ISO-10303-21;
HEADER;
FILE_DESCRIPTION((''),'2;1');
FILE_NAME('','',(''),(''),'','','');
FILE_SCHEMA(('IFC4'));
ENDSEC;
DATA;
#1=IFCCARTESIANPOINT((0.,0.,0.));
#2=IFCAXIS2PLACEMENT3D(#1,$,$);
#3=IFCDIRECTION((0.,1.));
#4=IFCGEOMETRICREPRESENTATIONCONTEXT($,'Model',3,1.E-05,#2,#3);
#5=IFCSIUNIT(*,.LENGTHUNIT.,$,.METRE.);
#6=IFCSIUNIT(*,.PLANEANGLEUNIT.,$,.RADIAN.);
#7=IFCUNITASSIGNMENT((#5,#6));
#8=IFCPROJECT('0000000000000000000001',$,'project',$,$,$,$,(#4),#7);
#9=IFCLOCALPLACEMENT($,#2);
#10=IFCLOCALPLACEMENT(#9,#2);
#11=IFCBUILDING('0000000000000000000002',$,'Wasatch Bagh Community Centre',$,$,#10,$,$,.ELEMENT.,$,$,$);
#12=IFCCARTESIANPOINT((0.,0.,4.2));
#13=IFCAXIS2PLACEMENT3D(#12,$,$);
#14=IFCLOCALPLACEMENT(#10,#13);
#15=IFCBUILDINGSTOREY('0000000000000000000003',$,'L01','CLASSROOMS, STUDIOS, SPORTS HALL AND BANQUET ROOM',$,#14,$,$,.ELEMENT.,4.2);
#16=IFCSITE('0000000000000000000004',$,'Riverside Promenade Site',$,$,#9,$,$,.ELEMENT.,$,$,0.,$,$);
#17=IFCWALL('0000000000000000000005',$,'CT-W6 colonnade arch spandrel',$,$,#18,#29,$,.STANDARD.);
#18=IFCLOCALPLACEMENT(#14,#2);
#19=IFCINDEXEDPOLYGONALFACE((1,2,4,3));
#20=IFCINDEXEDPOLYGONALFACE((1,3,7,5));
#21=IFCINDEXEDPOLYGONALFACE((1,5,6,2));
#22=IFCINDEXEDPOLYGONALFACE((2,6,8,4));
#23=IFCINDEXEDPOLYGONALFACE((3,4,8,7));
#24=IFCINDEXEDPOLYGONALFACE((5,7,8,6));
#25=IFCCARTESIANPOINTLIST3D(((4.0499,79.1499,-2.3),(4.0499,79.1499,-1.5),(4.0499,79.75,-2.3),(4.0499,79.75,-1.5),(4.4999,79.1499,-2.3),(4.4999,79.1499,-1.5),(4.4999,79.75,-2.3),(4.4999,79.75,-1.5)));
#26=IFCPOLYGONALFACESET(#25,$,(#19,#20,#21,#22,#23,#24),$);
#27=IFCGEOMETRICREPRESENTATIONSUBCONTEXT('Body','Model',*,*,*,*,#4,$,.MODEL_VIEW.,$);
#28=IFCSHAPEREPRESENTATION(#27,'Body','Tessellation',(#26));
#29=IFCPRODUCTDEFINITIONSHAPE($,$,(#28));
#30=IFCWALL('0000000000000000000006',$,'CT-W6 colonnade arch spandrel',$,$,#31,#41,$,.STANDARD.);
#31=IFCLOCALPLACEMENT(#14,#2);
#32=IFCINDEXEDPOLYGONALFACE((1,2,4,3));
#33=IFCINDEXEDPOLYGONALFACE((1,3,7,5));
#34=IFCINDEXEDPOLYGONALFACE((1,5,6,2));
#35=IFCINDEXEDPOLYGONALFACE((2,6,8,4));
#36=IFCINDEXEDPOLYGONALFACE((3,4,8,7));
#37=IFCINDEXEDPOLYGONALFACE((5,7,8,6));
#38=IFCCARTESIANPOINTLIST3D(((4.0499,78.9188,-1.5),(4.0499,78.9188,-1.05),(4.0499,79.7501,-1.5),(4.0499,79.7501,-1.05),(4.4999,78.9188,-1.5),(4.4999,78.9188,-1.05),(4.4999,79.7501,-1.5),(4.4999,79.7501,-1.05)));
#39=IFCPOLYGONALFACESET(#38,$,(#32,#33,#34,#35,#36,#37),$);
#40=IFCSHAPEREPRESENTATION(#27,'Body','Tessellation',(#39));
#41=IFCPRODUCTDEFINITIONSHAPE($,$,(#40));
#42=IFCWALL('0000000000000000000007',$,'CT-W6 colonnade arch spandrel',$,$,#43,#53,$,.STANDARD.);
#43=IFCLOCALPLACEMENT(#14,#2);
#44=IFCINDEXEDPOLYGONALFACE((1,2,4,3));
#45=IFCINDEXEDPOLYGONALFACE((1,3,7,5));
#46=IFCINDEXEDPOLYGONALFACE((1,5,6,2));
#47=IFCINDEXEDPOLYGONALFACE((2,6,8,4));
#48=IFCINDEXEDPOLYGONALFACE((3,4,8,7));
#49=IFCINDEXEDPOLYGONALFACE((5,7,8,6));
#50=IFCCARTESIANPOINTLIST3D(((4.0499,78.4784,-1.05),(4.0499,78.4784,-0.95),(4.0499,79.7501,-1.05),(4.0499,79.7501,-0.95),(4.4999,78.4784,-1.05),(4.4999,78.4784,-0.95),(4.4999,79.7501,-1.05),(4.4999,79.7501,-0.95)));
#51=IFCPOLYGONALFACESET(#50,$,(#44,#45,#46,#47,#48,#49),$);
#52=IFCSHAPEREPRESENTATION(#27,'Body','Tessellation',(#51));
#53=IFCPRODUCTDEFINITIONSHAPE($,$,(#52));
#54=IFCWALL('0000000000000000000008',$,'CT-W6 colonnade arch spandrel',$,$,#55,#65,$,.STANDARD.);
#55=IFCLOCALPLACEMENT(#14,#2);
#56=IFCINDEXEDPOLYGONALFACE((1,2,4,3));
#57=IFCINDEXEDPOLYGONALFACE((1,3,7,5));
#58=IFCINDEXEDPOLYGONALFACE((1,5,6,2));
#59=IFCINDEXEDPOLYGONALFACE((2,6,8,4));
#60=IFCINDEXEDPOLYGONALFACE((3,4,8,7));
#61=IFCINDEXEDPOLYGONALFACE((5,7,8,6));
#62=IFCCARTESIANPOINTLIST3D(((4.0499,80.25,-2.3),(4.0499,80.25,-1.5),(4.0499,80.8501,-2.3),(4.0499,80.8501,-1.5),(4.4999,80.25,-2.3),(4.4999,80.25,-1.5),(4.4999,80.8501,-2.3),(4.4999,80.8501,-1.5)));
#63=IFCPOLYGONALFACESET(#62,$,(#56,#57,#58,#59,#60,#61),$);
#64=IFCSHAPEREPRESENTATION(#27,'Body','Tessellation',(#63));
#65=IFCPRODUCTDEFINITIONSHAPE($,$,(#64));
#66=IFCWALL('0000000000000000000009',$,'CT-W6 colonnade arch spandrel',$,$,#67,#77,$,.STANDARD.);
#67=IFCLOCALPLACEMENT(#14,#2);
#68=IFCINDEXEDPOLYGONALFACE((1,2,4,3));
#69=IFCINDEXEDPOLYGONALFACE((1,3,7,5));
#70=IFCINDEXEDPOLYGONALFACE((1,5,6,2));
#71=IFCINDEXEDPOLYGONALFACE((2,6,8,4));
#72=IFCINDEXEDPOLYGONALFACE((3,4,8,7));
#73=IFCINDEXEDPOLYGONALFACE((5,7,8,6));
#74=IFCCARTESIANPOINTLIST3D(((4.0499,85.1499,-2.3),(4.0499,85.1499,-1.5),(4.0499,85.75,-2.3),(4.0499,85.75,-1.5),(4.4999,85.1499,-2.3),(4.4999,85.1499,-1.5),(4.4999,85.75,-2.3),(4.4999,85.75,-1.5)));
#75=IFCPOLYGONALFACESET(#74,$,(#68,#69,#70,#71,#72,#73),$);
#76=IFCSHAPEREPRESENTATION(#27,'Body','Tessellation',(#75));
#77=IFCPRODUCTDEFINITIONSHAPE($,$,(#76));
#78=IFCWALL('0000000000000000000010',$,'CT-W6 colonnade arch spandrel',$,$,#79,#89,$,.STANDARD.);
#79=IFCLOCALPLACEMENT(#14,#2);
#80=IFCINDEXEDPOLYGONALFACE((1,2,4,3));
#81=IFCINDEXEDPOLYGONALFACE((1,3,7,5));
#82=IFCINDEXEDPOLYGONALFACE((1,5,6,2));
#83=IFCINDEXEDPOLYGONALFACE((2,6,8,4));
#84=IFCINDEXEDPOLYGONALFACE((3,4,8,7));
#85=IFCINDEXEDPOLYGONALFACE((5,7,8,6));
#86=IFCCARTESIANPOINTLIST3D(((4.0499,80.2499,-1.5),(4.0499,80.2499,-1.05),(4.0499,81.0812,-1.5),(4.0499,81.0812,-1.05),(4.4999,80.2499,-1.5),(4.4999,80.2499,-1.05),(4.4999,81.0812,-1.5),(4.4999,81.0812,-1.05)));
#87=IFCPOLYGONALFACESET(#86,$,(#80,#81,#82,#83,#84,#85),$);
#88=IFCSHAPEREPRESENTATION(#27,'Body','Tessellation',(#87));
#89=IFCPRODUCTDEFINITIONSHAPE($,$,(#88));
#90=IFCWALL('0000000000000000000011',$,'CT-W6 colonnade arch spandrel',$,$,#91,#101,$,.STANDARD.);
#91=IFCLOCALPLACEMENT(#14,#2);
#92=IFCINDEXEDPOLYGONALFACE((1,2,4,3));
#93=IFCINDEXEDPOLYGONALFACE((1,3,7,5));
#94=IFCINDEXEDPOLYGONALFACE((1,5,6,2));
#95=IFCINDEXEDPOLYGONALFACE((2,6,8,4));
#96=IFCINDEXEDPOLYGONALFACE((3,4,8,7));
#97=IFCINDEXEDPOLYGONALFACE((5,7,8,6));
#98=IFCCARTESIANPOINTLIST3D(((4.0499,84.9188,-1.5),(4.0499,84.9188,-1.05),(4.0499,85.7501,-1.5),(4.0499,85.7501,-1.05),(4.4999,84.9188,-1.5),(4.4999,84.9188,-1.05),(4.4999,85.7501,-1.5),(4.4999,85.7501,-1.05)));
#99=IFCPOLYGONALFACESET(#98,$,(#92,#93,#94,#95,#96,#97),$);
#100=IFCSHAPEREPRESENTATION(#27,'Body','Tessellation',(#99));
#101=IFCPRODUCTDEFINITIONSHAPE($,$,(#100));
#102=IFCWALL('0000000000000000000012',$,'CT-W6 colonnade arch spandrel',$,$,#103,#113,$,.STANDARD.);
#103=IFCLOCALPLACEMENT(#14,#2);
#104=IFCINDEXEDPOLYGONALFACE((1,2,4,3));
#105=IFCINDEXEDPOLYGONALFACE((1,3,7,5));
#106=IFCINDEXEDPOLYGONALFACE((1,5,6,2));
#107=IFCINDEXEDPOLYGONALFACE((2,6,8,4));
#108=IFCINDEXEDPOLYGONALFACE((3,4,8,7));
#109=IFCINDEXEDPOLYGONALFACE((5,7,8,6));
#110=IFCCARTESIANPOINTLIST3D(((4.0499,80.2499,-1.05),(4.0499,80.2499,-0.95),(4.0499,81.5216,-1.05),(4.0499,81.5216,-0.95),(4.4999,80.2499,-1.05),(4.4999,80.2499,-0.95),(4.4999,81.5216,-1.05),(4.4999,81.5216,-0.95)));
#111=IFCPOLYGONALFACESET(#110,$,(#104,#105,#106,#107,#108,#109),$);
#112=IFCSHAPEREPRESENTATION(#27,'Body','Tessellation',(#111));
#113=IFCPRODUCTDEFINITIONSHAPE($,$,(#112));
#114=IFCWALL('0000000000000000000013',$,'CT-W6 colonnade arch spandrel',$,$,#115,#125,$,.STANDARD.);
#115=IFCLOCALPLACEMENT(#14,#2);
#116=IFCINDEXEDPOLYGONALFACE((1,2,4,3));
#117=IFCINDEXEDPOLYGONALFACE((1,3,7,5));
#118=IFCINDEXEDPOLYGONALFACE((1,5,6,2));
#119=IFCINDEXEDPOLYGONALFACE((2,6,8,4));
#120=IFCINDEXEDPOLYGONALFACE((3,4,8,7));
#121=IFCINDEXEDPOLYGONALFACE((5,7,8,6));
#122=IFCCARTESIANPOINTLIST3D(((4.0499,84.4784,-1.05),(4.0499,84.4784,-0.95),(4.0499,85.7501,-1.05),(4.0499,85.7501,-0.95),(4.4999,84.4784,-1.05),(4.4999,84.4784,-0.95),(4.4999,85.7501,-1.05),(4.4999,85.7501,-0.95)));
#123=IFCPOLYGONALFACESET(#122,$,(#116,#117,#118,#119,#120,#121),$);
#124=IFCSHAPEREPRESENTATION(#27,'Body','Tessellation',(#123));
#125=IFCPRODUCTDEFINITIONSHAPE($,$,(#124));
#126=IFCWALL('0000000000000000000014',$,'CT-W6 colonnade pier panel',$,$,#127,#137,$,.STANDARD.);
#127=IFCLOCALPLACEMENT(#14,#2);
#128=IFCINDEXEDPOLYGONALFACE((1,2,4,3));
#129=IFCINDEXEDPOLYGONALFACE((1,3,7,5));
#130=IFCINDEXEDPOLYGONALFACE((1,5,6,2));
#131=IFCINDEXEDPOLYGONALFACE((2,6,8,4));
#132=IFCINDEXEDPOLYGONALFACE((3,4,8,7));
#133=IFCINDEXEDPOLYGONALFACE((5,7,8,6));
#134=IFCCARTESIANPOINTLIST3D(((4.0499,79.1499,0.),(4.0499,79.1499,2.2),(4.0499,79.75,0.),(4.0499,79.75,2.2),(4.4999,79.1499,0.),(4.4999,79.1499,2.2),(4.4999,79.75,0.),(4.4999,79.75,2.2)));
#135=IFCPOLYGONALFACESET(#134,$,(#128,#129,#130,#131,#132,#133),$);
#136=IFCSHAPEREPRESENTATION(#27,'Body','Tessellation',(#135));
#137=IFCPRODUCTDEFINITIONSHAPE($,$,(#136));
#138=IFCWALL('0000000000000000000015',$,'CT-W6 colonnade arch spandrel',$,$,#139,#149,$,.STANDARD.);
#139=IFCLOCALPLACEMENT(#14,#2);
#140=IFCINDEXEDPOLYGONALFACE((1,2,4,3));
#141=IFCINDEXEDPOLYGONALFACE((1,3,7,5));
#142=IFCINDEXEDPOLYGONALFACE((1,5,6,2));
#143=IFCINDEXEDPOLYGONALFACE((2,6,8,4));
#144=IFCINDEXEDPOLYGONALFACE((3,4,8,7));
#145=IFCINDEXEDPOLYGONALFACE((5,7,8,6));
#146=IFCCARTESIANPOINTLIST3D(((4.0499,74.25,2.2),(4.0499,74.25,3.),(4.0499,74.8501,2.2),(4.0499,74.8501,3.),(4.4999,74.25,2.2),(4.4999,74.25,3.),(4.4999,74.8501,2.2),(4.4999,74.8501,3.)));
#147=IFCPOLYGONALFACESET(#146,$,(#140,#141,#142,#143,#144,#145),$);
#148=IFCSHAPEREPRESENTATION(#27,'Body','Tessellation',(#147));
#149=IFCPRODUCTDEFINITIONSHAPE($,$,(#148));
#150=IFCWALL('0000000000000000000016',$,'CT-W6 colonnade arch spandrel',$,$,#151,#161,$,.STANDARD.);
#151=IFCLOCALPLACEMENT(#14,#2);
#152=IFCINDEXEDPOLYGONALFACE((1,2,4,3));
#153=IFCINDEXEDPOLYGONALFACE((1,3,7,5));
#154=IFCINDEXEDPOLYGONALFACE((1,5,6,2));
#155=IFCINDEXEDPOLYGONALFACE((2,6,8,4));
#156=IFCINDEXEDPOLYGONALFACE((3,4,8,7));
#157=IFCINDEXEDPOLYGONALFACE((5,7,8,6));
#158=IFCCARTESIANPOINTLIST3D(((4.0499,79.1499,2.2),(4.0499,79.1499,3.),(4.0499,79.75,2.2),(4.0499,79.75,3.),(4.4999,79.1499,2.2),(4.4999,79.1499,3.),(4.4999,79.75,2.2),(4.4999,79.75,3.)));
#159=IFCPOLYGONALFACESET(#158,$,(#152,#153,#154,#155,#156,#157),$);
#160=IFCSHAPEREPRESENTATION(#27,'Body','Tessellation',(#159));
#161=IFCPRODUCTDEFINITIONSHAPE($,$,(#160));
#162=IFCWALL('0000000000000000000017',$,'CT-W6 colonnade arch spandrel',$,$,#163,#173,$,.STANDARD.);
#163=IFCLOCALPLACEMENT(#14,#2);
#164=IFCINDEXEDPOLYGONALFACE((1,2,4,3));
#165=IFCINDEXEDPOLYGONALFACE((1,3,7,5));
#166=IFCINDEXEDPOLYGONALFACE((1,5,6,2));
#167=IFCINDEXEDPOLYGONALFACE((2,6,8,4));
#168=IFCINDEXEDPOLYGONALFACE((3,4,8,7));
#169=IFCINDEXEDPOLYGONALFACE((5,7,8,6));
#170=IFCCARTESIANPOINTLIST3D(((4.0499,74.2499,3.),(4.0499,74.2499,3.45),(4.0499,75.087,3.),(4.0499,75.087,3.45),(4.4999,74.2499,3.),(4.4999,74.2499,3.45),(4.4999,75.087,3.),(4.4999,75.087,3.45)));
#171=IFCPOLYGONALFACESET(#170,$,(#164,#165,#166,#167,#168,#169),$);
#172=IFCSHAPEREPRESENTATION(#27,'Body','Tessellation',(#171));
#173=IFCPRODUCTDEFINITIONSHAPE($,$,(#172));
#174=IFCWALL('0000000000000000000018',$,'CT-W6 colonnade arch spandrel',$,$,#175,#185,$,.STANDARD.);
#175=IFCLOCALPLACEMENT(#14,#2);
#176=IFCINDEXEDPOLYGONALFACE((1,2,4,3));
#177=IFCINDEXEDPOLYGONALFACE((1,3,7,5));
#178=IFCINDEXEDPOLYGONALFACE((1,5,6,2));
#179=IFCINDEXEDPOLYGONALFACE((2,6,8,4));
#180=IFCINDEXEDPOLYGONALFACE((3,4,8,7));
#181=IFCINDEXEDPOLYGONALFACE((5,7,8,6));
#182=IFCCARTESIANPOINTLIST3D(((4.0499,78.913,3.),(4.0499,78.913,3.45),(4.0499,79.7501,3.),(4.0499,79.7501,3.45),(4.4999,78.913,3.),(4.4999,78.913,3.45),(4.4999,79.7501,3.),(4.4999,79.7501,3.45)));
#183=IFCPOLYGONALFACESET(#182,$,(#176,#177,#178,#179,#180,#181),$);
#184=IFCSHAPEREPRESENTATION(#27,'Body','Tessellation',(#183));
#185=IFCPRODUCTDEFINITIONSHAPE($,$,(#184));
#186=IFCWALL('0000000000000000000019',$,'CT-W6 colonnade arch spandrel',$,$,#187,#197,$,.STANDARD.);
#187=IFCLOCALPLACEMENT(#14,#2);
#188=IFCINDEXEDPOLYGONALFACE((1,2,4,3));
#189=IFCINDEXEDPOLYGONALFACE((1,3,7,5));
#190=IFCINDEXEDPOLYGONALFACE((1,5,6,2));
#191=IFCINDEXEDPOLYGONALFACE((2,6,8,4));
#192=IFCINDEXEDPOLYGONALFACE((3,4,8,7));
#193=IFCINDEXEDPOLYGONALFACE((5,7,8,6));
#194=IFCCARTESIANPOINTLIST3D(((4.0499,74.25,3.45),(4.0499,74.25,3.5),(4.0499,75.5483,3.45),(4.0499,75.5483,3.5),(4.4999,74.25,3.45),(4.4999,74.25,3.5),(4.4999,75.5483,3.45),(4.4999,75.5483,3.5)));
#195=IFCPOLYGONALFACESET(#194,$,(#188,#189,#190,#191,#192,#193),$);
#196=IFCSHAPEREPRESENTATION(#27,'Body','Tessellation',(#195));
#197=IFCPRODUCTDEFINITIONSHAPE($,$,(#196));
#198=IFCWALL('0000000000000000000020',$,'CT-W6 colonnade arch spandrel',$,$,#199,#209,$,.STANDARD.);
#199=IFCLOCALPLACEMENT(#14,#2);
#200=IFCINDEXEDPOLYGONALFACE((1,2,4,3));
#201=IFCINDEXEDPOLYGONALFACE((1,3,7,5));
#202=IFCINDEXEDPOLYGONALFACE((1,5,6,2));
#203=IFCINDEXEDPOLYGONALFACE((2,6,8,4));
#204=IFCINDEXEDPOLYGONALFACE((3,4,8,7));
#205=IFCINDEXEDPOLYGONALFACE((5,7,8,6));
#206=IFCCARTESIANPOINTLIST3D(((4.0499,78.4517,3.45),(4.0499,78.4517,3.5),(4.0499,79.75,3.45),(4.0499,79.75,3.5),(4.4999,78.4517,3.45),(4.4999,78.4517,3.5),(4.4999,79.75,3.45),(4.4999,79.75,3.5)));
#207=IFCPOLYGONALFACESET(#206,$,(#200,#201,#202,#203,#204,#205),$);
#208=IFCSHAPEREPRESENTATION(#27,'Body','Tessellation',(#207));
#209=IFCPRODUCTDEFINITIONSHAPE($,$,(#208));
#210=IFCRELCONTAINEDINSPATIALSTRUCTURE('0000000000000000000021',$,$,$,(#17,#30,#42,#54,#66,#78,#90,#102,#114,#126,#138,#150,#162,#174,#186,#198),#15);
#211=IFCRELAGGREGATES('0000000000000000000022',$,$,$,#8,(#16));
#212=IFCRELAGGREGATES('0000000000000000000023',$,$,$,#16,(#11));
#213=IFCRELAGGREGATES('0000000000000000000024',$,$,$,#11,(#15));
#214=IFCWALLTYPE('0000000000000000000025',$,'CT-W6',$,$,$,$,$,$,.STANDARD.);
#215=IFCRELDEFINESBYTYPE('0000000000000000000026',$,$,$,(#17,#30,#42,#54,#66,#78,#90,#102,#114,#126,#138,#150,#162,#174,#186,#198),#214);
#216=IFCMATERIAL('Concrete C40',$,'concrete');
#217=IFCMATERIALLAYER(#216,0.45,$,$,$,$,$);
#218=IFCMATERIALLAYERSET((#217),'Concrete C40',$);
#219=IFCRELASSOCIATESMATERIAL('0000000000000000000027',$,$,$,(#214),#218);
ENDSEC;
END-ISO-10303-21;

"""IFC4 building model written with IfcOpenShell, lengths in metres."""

from ifc_helpers import new_model, si_unit, direction, frame, frame_2d, origin, place, context, subcontext, project, spatial, rectangle, extrude, material, layer, layer_set, type_object, element, save


model = new_model("IFC4")

# Units and contexts
model_context = context("Model", 3, precision=1e-05, world=origin(), true_north=direction((0.0, 1.0)))
body_context = subcontext(model_context, "Body", "Model", "MODEL_VIEW")
ifc_project = project(units=[si_unit("LENGTHUNIT", "METRE"), si_unit("PLANEANGLEUNIT", "RADIAN")], contexts=[model_context])

# Site, building, storey
site_placement = place(None, origin())
site = spatial("IfcSite", under=ifc_project, at=site_placement, Name="Riverside Promenade Site", CompositionType="ELEMENT", RefElevation=0.0)
building_placement = place(site_placement, origin())
building = spatial("IfcBuilding", under=site, at=building_placement, Name="Wasatch Bagh Community Centre", CompositionType="ELEMENT")
storey_placement = place(building_placement, frame((0.0, 0.0, 4.2)))
storey = spatial("IfcBuildingStorey", under=building, at=storey_placement, Name="L01", Description="CLASSROOMS, STUDIOS, SPORTS HALL AND BANQUET ROOM", CompositionType="ELEMENT", Elevation=4.2)

# Shared definitions
ifc_material_1 = material(Name="Concrete C40", Category="concrete")

# Walls
ifc_layer_1 = layer(ifc_material_1, 0.45)
ifc_layer_set_1 = layer_set([ifc_layer_1], Name="Concrete C40")
wall_type_1 = type_object("IfcWallType", Name="CT-W6", PredefinedType="STANDARD", material=ifc_layer_set_1)
wall_1_placement = place(storey_placement, frame((4.2749, 79.75, -2.3), z_axis=(0.0, 0.0, 1.0), x_axis=(0.0, -1.0, 0.0)))
element("IfcWall", 1, at=wall_1_placement, inside=storey, type_object=wall_type_1, Name="CT-W6 colonnade arch spandrel", PredefinedType="STANDARD", context=body_context, shape_type="SweptSolid", body=[
    extrude(rectangle(XDim=0.6001, YDim=0.45, at=frame_2d((0.3, 0.0))), origin(), (0.0, 0.0, 1.0), 0.8),
])
wall_2_placement = place(storey_placement, frame((4.2749, 79.75, -1.5), z_axis=(0.0, 0.0, 1.0), x_axis=(0.0, -1.0, 0.0)))
element("IfcWall", 2, at=wall_2_placement, inside=storey, type_object=wall_type_1, Name="CT-W6 colonnade arch spandrel", PredefinedType="STANDARD", context=body_context, shape_type="SweptSolid", body=[
    extrude(rectangle(XDim=0.8313, YDim=0.45, at=frame_2d((0.4155, 0.0))), origin(), (0.0, 0.0, 1.0), 0.45),
])
wall_3_placement = place(storey_placement, frame((4.2749, 79.75, -1.05), z_axis=(0.0, 0.0, 1.0), x_axis=(0.0, -1.0, 0.0)))
element("IfcWall", 3, at=wall_3_placement, inside=storey, type_object=wall_type_1, Name="CT-W6 colonnade arch spandrel", PredefinedType="STANDARD", context=body_context, shape_type="SweptSolid", body=[
    extrude(rectangle(XDim=1.2717, YDim=0.45, at=frame_2d((0.6357, 0.0))), origin(), (0.0, 0.0, 1.0), 0.1001),
])
for number, where, z_axis, x_axis, name in (
    (4, (4.2749, 80.25, -2.3), (0.0, 0.0, 1.0), (0.0, 1.0, 0.0), "CT-W6 colonnade arch spandrel"),
    (5, (4.2749, 85.75, -2.3), (0.0, 0.0, 1.0), (0.0, -1.0, 0.0), "CT-W6 colonnade arch spandrel"),
):
    element("IfcWall", number, at=place(storey_placement, frame(where, z_axis=z_axis, x_axis=x_axis)), inside=storey, type_object=wall_type_1, Name=name, PredefinedType="STANDARD", context=body_context, shape_type="SweptSolid", body=[
        extrude(rectangle(XDim=0.6001, YDim=0.45, at=frame_2d((0.3, 0.0))), origin(), (0.0, 0.0, 1.0), 0.8),
    ])
for number, where, z_axis, x_axis, name in (
    (6, (4.2749, 80.25, -1.5), (0.0, 0.0, 1.0), (0.0, 1.0, 0.0), "CT-W6 colonnade arch spandrel"),
    (7, (4.2749, 85.75, -1.5), (0.0, 0.0, 1.0), (0.0, -1.0, 0.0), "CT-W6 colonnade arch spandrel"),
):
    element("IfcWall", number, at=place(storey_placement, frame(where, z_axis=z_axis, x_axis=x_axis)), inside=storey, type_object=wall_type_1, Name=name, PredefinedType="STANDARD", context=body_context, shape_type="SweptSolid", body=[
        extrude(rectangle(XDim=0.8313, YDim=0.45, at=frame_2d((0.4155, 0.0))), origin(), (0.0, 0.0, 1.0), 0.45),
    ])
for number, where, z_axis, x_axis, name in (
    (8, (4.2749, 80.25, -1.05), (0.0, 0.0, 1.0), (0.0, 1.0, 0.0), "CT-W6 colonnade arch spandrel"),
    (9, (4.2749, 85.75, -1.05), (0.0, 0.0, 1.0), (0.0, -1.0, 0.0), "CT-W6 colonnade arch spandrel"),
):
    element("IfcWall", number, at=place(storey_placement, frame(where, z_axis=z_axis, x_axis=x_axis)), inside=storey, type_object=wall_type_1, Name=name, PredefinedType="STANDARD", context=body_context, shape_type="SweptSolid", body=[
        extrude(rectangle(XDim=1.2717, YDim=0.45, at=frame_2d((0.6357, 0.0))), origin(), (0.0, 0.0, 1.0), 0.1001),
    ])
wall_4_placement = place(storey_placement, frame((4.2749, 79.75, 0.0), z_axis=(0.0, 0.0, 1.0), x_axis=(0.0, -1.0, 0.0)))
element("IfcWall", 10, at=wall_4_placement, inside=storey, type_object=wall_type_1, Name="CT-W6 colonnade pier panel", PredefinedType="STANDARD", context=body_context, shape_type="SweptSolid", body=[
    extrude(rectangle(XDim=0.6001, YDim=0.45, at=frame_2d((0.3, 0.0))), origin(), (0.0, 0.0, 1.0), 2.2),
])
for number, where, z_axis, x_axis, name in (
    (11, (4.2749, 74.25, 2.2), (0.0, 0.0, 1.0), (0.0, 1.0, 0.0), "CT-W6 colonnade arch spandrel"),
    (12, (4.2749, 79.75, 2.2), (0.0, 0.0, 1.0), (0.0, -1.0, 0.0), "CT-W6 colonnade arch spandrel"),
):
    element("IfcWall", number, at=place(storey_placement, frame(where, z_axis=z_axis, x_axis=x_axis)), inside=storey, type_object=wall_type_1, Name=name, PredefinedType="STANDARD", context=body_context, shape_type="SweptSolid", body=[
        extrude(rectangle(XDim=0.6001, YDim=0.45, at=frame_2d((0.3, 0.0))), origin(), (0.0, 0.0, 1.0), 0.8),
    ])
for number, where, z_axis, x_axis, name in (
    (13, (4.2749, 74.25, 3.0), (0.0, 0.0, 1.0), (0.0, 1.0, 0.0), "CT-W6 colonnade arch spandrel"),
    (14, (4.2749, 79.75, 3.0), (0.0, 0.0, 1.0), (0.0, -1.0, 0.0), "CT-W6 colonnade arch spandrel"),
):
    element("IfcWall", number, at=place(storey_placement, frame(where, z_axis=z_axis, x_axis=x_axis)), inside=storey, type_object=wall_type_1, Name=name, PredefinedType="STANDARD", context=body_context, shape_type="SweptSolid", body=[
        extrude(rectangle(XDim=0.8372, YDim=0.45, at=frame_2d((0.4185, 0.0))), origin(), (0.0, 0.0, 1.0), 0.45),
    ])
for number, where, z_axis, x_axis, name in (
    (15, (4.2749, 74.25, 3.45), (0.0, 0.0, 1.0), (0.0, 1.0, 0.0), "CT-W6 colonnade arch spandrel"),
    (16, (4.2749, 79.75, 3.45), (0.0, 0.0, 1.0), (0.0, -1.0, 0.0), "CT-W6 colonnade arch spandrel"),
):
    element("IfcWall", number, at=place(storey_placement, frame(where, z_axis=z_axis, x_axis=x_axis)), inside=storey, type_object=wall_type_1, Name=name, PredefinedType="STANDARD", context=body_context, shape_type="SweptSolid", body=[
        extrude(rectangle(XDim=1.2983, YDim=0.45, at=frame_2d((0.6492, 0.0))), origin(), (0.0, 0.0, 1.0), 0.05),
    ])

save(model, "model.ifc")
